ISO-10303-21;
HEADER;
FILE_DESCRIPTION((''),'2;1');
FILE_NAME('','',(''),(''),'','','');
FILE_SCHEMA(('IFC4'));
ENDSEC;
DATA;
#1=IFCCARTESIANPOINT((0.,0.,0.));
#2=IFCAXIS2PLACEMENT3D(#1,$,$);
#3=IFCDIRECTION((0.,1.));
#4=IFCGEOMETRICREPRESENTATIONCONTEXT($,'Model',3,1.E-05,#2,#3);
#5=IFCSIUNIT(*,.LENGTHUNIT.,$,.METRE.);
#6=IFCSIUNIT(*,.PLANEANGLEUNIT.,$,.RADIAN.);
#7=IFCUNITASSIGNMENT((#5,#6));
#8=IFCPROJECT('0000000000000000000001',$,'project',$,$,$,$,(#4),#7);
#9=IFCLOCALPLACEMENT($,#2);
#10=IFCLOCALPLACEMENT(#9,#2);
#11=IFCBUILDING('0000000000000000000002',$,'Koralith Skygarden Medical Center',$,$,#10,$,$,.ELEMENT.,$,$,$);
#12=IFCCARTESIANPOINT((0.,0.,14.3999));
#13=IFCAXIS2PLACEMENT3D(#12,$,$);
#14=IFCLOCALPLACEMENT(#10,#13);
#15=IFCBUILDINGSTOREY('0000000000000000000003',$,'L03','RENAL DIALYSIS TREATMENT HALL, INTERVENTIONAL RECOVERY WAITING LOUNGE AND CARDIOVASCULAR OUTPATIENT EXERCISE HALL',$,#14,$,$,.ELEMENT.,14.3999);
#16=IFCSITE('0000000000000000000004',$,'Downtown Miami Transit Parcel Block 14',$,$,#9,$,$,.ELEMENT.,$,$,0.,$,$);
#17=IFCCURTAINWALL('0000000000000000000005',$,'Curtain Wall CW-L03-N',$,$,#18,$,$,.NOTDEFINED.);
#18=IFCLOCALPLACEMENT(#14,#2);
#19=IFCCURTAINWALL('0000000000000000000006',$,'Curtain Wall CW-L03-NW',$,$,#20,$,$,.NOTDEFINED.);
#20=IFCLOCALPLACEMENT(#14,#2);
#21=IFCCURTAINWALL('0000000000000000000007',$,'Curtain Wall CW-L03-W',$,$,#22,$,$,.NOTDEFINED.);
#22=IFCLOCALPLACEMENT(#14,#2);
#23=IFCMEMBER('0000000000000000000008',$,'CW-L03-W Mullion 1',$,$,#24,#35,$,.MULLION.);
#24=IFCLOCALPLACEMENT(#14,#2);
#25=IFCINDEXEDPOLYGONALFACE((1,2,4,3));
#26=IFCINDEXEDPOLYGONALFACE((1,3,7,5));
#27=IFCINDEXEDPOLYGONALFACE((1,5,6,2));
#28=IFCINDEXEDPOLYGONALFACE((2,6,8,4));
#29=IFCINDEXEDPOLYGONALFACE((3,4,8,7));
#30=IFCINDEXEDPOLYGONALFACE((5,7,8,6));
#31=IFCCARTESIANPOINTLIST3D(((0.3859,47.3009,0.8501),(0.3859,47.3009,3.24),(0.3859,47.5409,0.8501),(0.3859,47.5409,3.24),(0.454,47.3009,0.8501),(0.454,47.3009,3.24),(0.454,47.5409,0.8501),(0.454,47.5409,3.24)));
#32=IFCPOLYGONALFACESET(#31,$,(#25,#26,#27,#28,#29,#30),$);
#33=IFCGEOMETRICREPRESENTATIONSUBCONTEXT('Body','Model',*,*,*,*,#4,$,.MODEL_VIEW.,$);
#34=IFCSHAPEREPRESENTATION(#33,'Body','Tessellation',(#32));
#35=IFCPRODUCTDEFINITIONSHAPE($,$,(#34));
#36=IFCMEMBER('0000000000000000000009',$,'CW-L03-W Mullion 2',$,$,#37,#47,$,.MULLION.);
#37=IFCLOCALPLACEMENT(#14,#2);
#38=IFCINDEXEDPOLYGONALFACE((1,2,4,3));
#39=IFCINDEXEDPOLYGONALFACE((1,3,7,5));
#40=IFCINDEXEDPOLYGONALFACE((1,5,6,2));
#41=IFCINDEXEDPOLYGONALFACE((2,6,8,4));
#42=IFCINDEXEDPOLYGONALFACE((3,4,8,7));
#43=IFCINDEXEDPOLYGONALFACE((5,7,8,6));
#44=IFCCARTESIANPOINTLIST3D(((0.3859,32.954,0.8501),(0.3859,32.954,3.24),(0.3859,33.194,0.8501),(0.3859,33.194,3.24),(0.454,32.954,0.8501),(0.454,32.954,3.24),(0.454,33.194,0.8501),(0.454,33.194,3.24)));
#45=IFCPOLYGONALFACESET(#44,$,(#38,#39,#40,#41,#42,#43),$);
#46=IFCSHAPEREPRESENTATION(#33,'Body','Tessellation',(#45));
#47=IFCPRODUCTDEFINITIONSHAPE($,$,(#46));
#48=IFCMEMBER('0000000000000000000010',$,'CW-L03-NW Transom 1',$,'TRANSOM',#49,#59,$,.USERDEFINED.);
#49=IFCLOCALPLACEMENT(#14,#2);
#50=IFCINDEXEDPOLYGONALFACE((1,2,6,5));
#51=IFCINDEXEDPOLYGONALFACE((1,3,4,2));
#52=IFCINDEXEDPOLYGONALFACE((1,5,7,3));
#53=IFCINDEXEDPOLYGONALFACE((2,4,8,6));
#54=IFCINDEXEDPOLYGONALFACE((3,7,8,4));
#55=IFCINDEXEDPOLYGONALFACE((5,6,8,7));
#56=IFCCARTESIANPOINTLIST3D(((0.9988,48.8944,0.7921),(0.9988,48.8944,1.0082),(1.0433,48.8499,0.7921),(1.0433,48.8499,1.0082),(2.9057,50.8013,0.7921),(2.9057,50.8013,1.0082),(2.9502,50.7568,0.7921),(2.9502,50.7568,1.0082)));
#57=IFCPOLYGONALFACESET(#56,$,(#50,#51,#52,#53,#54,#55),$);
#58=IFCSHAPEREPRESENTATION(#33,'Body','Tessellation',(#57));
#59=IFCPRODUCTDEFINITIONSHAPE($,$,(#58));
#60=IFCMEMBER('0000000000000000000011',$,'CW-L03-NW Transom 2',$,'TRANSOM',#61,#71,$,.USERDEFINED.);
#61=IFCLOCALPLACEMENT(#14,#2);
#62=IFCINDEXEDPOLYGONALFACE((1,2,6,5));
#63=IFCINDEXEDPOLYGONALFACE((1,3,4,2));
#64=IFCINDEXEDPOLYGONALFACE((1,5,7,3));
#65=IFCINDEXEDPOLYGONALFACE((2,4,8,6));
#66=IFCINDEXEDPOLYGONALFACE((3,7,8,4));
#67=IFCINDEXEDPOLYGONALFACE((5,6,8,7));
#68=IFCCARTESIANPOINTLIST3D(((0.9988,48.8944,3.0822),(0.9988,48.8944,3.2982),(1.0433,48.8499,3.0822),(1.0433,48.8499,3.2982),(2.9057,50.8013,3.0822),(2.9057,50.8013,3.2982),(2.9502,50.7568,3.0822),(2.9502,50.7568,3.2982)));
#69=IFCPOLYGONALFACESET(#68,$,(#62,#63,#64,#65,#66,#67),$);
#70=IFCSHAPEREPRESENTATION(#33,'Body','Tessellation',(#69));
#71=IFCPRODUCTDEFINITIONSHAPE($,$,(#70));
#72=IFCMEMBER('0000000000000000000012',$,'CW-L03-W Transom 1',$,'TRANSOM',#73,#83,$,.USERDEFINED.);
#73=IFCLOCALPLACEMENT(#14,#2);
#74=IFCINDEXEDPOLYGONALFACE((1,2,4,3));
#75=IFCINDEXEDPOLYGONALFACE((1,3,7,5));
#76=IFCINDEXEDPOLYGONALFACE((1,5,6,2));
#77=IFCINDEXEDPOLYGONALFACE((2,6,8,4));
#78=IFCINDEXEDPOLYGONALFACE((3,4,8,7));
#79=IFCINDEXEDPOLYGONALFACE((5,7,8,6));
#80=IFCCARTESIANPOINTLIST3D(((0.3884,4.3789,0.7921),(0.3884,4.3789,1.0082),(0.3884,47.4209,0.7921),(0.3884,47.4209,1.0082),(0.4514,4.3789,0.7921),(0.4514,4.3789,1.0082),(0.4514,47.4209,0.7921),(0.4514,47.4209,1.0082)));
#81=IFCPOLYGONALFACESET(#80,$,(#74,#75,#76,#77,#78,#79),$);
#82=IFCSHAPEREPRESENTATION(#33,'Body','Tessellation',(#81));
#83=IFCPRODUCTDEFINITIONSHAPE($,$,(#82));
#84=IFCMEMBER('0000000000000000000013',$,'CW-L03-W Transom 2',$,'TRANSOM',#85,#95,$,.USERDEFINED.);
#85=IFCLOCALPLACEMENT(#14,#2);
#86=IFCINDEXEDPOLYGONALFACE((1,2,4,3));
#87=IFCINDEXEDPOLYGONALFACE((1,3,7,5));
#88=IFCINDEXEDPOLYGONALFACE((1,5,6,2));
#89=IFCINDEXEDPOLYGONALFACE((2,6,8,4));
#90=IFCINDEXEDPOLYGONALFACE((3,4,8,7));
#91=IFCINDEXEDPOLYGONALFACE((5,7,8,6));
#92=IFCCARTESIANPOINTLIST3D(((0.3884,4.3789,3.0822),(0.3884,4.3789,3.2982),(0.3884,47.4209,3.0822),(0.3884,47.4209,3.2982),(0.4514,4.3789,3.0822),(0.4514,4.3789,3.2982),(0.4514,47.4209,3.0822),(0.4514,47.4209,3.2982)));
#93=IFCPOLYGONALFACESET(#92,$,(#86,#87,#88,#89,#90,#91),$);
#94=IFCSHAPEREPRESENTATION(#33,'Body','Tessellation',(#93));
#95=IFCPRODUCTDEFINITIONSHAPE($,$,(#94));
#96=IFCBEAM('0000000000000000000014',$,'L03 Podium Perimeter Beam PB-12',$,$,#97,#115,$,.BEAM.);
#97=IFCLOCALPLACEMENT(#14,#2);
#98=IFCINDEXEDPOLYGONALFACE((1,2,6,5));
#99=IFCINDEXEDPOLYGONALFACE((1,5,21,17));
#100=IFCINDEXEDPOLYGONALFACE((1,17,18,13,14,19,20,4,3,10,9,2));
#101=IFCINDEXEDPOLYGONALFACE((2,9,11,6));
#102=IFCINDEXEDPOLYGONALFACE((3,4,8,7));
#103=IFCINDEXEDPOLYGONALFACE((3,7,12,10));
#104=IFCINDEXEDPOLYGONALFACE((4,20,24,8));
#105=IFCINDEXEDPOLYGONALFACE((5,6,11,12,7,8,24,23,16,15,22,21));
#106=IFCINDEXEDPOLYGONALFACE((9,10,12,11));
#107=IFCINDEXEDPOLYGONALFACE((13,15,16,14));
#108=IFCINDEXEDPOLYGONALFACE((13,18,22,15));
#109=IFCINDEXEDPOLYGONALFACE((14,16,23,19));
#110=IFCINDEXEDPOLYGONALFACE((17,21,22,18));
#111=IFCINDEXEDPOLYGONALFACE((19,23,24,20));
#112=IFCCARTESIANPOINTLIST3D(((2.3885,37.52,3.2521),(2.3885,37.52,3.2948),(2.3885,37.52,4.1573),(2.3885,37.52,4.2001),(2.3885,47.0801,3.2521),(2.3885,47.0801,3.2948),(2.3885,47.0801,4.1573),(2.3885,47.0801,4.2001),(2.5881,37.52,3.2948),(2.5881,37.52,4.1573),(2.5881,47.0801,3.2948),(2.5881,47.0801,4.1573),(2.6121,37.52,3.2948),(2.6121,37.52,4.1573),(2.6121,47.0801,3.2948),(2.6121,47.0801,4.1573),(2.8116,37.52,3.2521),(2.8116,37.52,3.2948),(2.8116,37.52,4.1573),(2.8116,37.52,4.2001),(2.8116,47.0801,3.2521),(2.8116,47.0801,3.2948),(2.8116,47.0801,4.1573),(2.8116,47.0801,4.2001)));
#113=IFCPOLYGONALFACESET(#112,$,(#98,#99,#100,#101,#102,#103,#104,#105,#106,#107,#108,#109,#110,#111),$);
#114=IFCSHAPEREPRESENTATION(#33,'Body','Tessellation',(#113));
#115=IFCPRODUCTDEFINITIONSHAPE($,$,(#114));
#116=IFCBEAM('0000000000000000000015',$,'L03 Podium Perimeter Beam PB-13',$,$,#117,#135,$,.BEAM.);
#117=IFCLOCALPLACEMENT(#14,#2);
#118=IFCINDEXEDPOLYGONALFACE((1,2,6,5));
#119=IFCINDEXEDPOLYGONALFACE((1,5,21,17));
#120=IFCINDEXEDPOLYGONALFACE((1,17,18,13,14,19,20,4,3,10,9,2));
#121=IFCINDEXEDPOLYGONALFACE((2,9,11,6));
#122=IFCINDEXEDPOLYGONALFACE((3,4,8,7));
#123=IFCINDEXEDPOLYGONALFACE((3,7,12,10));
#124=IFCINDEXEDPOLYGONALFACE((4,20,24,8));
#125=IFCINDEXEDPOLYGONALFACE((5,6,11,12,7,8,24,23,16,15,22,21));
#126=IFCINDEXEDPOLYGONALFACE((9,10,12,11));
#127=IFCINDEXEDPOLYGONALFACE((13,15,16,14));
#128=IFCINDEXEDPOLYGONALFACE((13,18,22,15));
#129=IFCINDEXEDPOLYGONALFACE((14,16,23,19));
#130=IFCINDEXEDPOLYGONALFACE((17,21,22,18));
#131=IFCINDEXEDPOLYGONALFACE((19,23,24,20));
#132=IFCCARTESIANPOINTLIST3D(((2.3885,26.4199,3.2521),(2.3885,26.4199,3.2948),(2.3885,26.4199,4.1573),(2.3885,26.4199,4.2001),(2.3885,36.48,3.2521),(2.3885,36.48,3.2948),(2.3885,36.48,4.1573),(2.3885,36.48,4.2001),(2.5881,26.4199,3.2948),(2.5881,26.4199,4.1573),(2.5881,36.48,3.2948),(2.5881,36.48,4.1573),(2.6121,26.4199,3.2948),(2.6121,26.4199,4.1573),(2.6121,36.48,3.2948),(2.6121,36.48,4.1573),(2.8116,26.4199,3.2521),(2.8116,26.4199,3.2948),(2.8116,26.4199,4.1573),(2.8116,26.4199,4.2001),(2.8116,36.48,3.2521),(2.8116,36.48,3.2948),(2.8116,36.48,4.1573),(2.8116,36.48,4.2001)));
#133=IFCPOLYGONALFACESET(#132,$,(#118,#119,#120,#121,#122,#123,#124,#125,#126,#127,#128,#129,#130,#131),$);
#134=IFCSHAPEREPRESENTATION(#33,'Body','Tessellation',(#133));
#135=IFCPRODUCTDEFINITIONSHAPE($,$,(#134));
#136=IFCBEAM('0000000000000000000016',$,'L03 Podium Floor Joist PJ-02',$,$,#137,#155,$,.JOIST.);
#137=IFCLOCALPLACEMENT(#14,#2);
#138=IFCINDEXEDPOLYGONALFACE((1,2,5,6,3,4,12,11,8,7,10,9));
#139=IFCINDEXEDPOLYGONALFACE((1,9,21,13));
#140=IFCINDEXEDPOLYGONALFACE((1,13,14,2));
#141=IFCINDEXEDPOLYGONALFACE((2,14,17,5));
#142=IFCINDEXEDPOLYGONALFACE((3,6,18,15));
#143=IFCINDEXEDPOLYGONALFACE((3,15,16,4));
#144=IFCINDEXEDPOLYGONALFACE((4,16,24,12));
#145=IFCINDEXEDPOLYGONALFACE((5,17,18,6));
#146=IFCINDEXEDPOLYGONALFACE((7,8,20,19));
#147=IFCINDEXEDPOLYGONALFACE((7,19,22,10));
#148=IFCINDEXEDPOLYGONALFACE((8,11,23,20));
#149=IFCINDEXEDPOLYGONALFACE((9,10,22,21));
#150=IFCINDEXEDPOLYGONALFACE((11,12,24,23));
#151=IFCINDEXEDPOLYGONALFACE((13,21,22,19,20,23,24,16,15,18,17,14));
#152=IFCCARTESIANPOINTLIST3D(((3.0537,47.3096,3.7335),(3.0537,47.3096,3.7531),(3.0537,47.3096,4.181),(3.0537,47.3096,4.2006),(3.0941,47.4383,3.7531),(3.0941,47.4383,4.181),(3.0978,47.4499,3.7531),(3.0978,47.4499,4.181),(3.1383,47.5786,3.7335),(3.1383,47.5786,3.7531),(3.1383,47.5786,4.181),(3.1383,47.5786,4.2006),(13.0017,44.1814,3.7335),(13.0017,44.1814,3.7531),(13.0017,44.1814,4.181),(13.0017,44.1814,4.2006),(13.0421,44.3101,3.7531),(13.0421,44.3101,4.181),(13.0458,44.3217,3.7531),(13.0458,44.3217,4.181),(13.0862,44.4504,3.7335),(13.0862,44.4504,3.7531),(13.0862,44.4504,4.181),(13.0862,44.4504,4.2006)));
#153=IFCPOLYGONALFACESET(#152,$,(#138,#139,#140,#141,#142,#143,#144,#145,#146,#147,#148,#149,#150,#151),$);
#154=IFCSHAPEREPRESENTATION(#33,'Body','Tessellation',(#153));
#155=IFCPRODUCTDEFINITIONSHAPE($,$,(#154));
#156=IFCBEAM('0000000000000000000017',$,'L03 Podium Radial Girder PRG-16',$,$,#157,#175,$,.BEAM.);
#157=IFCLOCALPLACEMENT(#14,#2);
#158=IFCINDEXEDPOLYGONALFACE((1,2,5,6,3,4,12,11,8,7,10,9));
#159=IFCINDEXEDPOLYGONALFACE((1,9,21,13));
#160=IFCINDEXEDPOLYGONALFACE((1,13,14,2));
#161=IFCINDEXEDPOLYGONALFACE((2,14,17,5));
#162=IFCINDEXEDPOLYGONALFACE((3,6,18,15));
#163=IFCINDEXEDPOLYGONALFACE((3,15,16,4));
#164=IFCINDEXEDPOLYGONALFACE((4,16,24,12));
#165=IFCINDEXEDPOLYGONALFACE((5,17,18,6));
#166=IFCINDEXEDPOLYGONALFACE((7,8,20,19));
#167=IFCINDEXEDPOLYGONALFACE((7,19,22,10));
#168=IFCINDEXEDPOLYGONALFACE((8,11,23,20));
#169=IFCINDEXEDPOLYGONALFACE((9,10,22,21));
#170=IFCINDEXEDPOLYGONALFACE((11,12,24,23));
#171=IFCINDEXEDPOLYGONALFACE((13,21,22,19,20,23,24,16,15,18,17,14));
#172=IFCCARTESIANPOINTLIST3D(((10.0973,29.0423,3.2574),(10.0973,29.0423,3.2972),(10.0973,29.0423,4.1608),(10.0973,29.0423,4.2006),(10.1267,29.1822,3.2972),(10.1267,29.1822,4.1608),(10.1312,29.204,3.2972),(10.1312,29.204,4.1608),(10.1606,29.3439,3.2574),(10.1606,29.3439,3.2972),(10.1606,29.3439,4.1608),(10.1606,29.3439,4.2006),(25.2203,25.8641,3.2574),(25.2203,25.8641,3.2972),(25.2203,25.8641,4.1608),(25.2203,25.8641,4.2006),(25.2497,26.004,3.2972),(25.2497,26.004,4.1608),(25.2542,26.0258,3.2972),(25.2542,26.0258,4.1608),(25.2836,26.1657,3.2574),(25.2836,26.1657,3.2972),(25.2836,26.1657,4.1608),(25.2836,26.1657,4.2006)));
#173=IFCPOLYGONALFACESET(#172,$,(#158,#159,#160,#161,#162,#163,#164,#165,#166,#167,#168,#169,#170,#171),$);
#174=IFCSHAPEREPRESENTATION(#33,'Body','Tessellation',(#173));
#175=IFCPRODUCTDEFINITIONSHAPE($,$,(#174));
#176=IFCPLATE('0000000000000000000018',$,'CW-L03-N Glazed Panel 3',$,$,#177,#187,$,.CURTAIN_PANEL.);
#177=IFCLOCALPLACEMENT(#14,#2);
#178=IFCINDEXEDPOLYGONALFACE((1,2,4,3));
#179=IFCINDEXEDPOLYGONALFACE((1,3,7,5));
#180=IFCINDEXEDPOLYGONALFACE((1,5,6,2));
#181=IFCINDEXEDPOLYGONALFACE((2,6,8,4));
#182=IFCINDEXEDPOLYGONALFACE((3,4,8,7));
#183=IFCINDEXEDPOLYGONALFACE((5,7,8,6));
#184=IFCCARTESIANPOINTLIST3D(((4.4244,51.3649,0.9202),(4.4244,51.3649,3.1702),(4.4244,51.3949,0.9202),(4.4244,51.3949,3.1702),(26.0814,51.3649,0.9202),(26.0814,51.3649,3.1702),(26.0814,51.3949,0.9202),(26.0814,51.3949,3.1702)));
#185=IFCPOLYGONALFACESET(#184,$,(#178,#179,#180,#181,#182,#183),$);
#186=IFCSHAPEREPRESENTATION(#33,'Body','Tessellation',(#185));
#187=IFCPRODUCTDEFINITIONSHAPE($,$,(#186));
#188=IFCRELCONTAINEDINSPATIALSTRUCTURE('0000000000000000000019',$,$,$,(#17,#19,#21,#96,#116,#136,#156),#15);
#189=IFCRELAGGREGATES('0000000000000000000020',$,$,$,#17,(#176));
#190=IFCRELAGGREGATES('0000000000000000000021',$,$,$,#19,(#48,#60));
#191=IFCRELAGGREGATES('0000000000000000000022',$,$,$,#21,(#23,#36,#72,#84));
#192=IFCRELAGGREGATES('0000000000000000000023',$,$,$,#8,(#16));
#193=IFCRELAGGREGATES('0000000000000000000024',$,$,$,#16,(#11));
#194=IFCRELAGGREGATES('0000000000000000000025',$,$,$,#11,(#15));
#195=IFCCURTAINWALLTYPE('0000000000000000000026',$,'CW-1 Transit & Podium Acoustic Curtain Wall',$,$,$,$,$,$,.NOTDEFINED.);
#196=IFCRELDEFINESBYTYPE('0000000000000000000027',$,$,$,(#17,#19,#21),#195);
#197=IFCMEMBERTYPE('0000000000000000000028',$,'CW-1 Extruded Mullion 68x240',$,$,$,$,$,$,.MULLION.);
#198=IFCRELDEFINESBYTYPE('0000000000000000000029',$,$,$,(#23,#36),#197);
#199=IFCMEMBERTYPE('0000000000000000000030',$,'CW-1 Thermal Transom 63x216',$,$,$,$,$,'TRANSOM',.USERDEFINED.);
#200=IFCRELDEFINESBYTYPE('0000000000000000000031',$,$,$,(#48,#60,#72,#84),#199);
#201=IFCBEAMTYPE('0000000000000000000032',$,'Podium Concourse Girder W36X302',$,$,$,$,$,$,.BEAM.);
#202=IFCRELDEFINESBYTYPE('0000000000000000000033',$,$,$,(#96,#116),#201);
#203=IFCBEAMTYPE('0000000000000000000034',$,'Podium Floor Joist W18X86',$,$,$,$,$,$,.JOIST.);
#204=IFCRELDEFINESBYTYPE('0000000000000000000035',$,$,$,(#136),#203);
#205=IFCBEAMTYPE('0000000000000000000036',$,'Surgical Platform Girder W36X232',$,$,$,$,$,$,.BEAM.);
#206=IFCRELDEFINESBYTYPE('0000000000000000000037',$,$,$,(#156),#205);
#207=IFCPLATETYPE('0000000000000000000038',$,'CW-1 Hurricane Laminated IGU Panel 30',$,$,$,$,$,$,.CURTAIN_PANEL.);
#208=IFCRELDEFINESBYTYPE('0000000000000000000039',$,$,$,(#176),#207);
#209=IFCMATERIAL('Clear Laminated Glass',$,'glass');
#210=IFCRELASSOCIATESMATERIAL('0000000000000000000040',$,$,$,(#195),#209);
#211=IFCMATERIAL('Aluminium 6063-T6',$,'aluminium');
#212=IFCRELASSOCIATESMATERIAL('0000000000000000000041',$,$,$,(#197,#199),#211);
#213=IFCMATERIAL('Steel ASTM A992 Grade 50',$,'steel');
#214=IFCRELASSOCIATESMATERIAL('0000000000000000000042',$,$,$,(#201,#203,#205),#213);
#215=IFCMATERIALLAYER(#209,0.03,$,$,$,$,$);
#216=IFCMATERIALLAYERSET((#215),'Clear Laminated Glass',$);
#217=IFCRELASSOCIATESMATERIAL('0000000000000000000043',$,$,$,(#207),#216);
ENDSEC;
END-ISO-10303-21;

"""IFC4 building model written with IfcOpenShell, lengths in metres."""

from ifc_helpers import new_model, si_unit, direction, frame, origin, origin_2d, place, context, subcontext, project, spatial, rectangle, i_section, extrude, material, layer, layer_set, material_profile, profile_set, type_object, element, aggregate, save


model = new_model("IFC4")

# Units and contexts
model_context = context("Model", 3, precision=1e-05, world=origin(), true_north=direction((0.0, 1.0)))
body_context = subcontext(model_context, "Body", "Model", "MODEL_VIEW")
ifc_project = project(units=[si_unit("LENGTHUNIT", "METRE"), si_unit("PLANEANGLEUNIT", "RADIAN")], contexts=[model_context])

# Site, building, storey
site_placement = place(None, origin())
site = spatial("IfcSite", under=ifc_project, at=site_placement, Name="Downtown Miami Transit Parcel Block 14", CompositionType="ELEMENT", RefElevation=0.0)
building_placement = place(site_placement, origin())
building = spatial("IfcBuilding", under=site, at=building_placement, Name="Koralith Skygarden Medical Center", CompositionType="ELEMENT")
storey_placement = place(building_placement, frame((0.0, 0.0, 14.3999)))
storey = spatial("IfcBuildingStorey", under=building, at=storey_placement, Name="L03", Description="RENAL DIALYSIS TREATMENT HALL, INTERVENTIONAL RECOVERY WAITING LOUNGE AND CARDIOVASCULAR OUTPATIENT EXERCISE HALL", CompositionType="ELEMENT", Elevation=14.3999)

# Curtain wall
ifc_material_1 = material(Name="Clear Laminated Glass", Category="glass")
curtain_wall_type = type_object("IfcCurtainWallType", Name="CW-1 Transit & Podium Acoustic Curtain Wall", PredefinedType="NOTDEFINED", material=ifc_material_1)
curtain_wall_1_placement = place(storey_placement, origin())
curtain_wall_1 = element("IfcCurtainWall", 1, at=curtain_wall_1_placement, inside=storey, type_object=curtain_wall_type, Name="Curtain Wall CW-L03-N", PredefinedType="NOTDEFINED")
ifc_material_2 = material(Name="Aluminium 6063-T6", Category="aluminium")
ifc_material_profile_1 = material_profile(ifc_material_2, rectangle(XDim=0.0681, YDim=0.24, at=origin_2d()), Name="MUL68X240")
ifc_profile_set_1 = profile_set([ifc_material_profile_1], Name="Aluminium 6063-T6")
member_type_1 = type_object("IfcMemberType", Name="CW-1 Extruded Mullion 68x240", PredefinedType="MULLION", material=ifc_profile_set_1)

# Curtain walls, members
curtain_wall_2_placement = place(storey_placement, origin())
curtain_wall_2 = element("IfcCurtainWall", 2, at=curtain_wall_2_placement, inside=storey, type_object=curtain_wall_type, Name="Curtain Wall CW-L03-NW", PredefinedType="NOTDEFINED")
curtain_wall_3_placement = place(storey_placement, origin())
curtain_wall_3 = element("IfcCurtainWall", 3, at=curtain_wall_3_placement, inside=storey, type_object=curtain_wall_type, Name="Curtain Wall CW-L03-W", PredefinedType="NOTDEFINED")
member_1_placement = place(storey_placement, frame((0.4199, 47.4209, 0.8501), z_axis=(0.0, 0.0, 1.0), x_axis=(1.0, 0.0, 0.0)))
member_1 = element("IfcMember", 4, at=member_1_placement, type_object=member_type_1, Name="CW-L03-W Mullion 1", PredefinedType="MULLION", context=body_context, shape_type="SweptSolid", body=[
    extrude(rectangle(XDim=0.0681, YDim=0.24, at=origin_2d()), origin(), (0.0, 0.0, 1.0), 2.3899),
])
member_2_placement = place(storey_placement, frame((0.4199, 33.074, 0.8501), z_axis=(0.0, 0.0, 1.0), x_axis=(1.0, 0.0, 0.0)))
member_2 = element("IfcMember", 5, at=member_2_placement, type_object=member_type_1, Name="CW-L03-W Mullion 2", PredefinedType="MULLION", context=body_context, shape_type="SweptSolid", body=[
    extrude(rectangle(XDim=0.0681, YDim=0.24, at=origin_2d()), origin(), (0.0, 0.0, 1.0), 2.3899),
])

# Members
ifc_material_profile_2 = material_profile(ifc_material_2, rectangle(XDim=0.063, YDim=0.2161, at=origin_2d()), Name="TRN63X216")
ifc_profile_set_2 = profile_set([ifc_material_profile_2], Name="Aluminium 6063-T6")
member_type_2 = type_object("IfcMemberType", Name="CW-1 Thermal Transom 63x216", ElementType="TRANSOM", PredefinedType="USERDEFINED", material=ifc_profile_set_2)
member_3_placement = place(storey_placement, frame((2.928, 50.7791, 0.9001), z_axis=(-0.707107, -0.707107, 0.0), x_axis=(0.707107, -0.707107, 0.0)))
member_3 = element("IfcMember", 6, at=member_3_placement, type_object=member_type_2, Name="CW-L03-NW Transom 1", ObjectType="TRANSOM", PredefinedType="USERDEFINED", context=body_context, shape_type="SweptSolid", body=[
    extrude(rectangle(XDim=0.063, YDim=0.2161, at=origin_2d()), origin(), (0.0, 0.0, 1.0), 2.6968),
])
member_4_placement = place(storey_placement, frame((2.928, 50.7791, 3.1902), z_axis=(-0.707107, -0.707107, 0.0), x_axis=(0.707107, -0.707107, 0.0)))
member_4 = element("IfcMember", 7, at=member_4_placement, type_object=member_type_2, Name="CW-L03-NW Transom 2", ObjectType="TRANSOM", PredefinedType="USERDEFINED", context=body_context, shape_type="SweptSolid", body=[
    extrude(rectangle(XDim=0.063, YDim=0.2161, at=origin_2d()), origin(), (0.0, 0.0, 1.0), 2.6968),
])
member_5_placement = place(storey_placement, frame((0.4199, 47.4209, 0.9001), z_axis=(0.0, -1.0, 0.0), x_axis=(1.0, 0.0, 0.0)))
member_5 = element("IfcMember", 8, at=member_5_placement, type_object=member_type_2, Name="CW-L03-W Transom 1", ObjectType="TRANSOM", PredefinedType="USERDEFINED", context=body_context, shape_type="SweptSolid", body=[
    extrude(rectangle(XDim=0.063, YDim=0.2161, at=origin_2d()), origin(), (0.0, 0.0, 1.0), 43.042),
])
member_6_placement = place(storey_placement, frame((0.4199, 47.4209, 3.1902), z_axis=(0.0, -1.0, 0.0), x_axis=(1.0, 0.0, 0.0)))
member_6 = element("IfcMember", 9, at=member_6_placement, type_object=member_type_2, Name="CW-L03-W Transom 2", ObjectType="TRANSOM", PredefinedType="USERDEFINED", context=body_context, shape_type="SweptSolid", body=[
    extrude(rectangle(XDim=0.063, YDim=0.2161, at=origin_2d()), origin(), (0.0, 0.0, 1.0), 43.042),
])

# Beams
ifc_material_3 = material(Name="Steel ASTM A992 Grade 50", Category="steel")
ifc_material_profile_3 = material_profile(ifc_material_3, i_section(OverallWidth=0.4231, OverallDepth=0.948, WebThickness=0.0239, FlangeThickness=0.0427, at=origin_2d()), Name="W36X302")
ifc_profile_set_3 = profile_set([ifc_material_profile_3], Name="Steel ASTM A992 Grade 50")
beam_type_1 = type_object("IfcBeamType", Name="Podium Concourse Girder W36X302", PredefinedType="BEAM", material=ifc_profile_set_3)
beam_1_placement = place(storey_placement, frame((2.6001, 47.0801, 3.7261), z_axis=(0.0, -1.0, 0.0), x_axis=(1.0, 0.0, 0.0)))
element("IfcBeam", 10, at=beam_1_placement, inside=storey, type_object=beam_type_1, Name="L03 Podium Perimeter Beam PB-12", PredefinedType="BEAM", context=body_context, shape_type="SweptSolid", body=[
    extrude(i_section(OverallWidth=0.4231, OverallDepth=0.948, WebThickness=0.0239, FlangeThickness=0.0427, at=origin_2d()), origin(), (0.0, 0.0, 1.0), 9.5601),
])
beam_2_placement = place(storey_placement, frame((2.6001, 36.48, 3.7261), z_axis=(0.0, -1.0, 0.0), x_axis=(1.0, 0.0, 0.0)))
element("IfcBeam", 11, at=beam_2_placement, inside=storey, type_object=beam_type_1, Name="L03 Podium Perimeter Beam PB-13", PredefinedType="BEAM", context=body_context, shape_type="SweptSolid", body=[
    extrude(i_section(OverallWidth=0.4231, OverallDepth=0.948, WebThickness=0.0239, FlangeThickness=0.0427, at=origin_2d()), origin(), (0.0, 0.0, 1.0), 10.0601),
])
ifc_material_profile_4 = material_profile(ifc_material_3, i_section(OverallWidth=0.282, OverallDepth=0.467, WebThickness=0.0122, FlangeThickness=0.0195, at=origin_2d()), Name="W18X86")
ifc_profile_set_4 = profile_set([ifc_material_profile_4], Name="Steel ASTM A992 Grade 50")
beam_type_2 = type_object("IfcBeamType", Name="Podium Floor Joist W18X86", PredefinedType="JOIST", material=ifc_profile_set_4)
beam_3_placement = place(storey_placement, frame((13.0439, 44.3159, 3.967), z_axis=(-0.953948, 0.299971, 0.0), x_axis=(-0.299971, -0.953948, 0.0)))
element("IfcBeam", 12, at=beam_3_placement, inside=storey, type_object=beam_type_2, Name="L03 Podium Floor Joist PJ-02", PredefinedType="JOIST", context=body_context, shape_type="SweptSolid", body=[
    extrude(i_section(OverallWidth=0.282, OverallDepth=0.467, WebThickness=0.0122, FlangeThickness=0.0195, at=origin_2d()), origin(), (0.0, 0.0, 1.0), 10.4282),
])
ifc_material_profile_5 = material_profile(ifc_material_3, i_section(OverallWidth=0.3081, OverallDepth=0.9431, WebThickness=0.0222, FlangeThickness=0.0398, at=origin_2d()), Name="W36X232")
ifc_profile_set_5 = profile_set([ifc_material_profile_5], Name="Steel ASTM A992 Grade 50")
beam_type_3 = type_object("IfcBeamType", Name="Surgical Platform Girder W36X232", PredefinedType="BEAM", material=ifc_profile_set_5)
beam_4_placement = place(storey_placement, frame((25.252, 26.0149, 3.729), z_axis=(-0.978622, 0.205665, 0.0), x_axis=(-0.205665, -0.978622, 0.0)))
element("IfcBeam", 13, at=beam_4_placement, inside=storey, type_object=beam_type_3, Name="L03 Podium Radial Girder PRG-16", PredefinedType="BEAM", context=body_context, shape_type="SweptSolid", body=[
    extrude(i_section(OverallWidth=0.3081, OverallDepth=0.9431, WebThickness=0.0222, FlangeThickness=0.0398, at=origin_2d()), origin(), (0.0, 0.0, 1.0), 15.4534),
])

# Plate
ifc_layer_1 = layer(ifc_material_1, 0.03)
ifc_layer_set_1 = layer_set([ifc_layer_1], Name="Clear Laminated Glass")
plate_type_1 = type_object("IfcPlateType", Name="CW-1 Hurricane Laminated IGU Panel 30", PredefinedType="CURTAIN_PANEL", material=ifc_layer_set_1)
plate_1_placement = place(storey_placement, frame((15.2529, 51.3799, 0.9202), z_axis=(0.0, 0.0, 1.0), x_axis=(-1.0, 0.0, 0.0)))
plate_1 = element("IfcPlate", 14, at=plate_1_placement, type_object=plate_type_1, Name="CW-L03-N Glazed Panel 3", PredefinedType="CURTAIN_PANEL", context=body_context, shape_type="SweptSolid", body=[
    extrude(rectangle(XDim=21.657, YDim=0.03, at=origin_2d()), origin(), (0.0, 0.0, 1.0), 2.25),
])
aggregate(curtain_wall_1, [plate_1])
aggregate(curtain_wall_2, [member_3, member_4])
aggregate(curtain_wall_3, [member_1, member_2, member_5, member_6])

save(model, "model.ifc")
